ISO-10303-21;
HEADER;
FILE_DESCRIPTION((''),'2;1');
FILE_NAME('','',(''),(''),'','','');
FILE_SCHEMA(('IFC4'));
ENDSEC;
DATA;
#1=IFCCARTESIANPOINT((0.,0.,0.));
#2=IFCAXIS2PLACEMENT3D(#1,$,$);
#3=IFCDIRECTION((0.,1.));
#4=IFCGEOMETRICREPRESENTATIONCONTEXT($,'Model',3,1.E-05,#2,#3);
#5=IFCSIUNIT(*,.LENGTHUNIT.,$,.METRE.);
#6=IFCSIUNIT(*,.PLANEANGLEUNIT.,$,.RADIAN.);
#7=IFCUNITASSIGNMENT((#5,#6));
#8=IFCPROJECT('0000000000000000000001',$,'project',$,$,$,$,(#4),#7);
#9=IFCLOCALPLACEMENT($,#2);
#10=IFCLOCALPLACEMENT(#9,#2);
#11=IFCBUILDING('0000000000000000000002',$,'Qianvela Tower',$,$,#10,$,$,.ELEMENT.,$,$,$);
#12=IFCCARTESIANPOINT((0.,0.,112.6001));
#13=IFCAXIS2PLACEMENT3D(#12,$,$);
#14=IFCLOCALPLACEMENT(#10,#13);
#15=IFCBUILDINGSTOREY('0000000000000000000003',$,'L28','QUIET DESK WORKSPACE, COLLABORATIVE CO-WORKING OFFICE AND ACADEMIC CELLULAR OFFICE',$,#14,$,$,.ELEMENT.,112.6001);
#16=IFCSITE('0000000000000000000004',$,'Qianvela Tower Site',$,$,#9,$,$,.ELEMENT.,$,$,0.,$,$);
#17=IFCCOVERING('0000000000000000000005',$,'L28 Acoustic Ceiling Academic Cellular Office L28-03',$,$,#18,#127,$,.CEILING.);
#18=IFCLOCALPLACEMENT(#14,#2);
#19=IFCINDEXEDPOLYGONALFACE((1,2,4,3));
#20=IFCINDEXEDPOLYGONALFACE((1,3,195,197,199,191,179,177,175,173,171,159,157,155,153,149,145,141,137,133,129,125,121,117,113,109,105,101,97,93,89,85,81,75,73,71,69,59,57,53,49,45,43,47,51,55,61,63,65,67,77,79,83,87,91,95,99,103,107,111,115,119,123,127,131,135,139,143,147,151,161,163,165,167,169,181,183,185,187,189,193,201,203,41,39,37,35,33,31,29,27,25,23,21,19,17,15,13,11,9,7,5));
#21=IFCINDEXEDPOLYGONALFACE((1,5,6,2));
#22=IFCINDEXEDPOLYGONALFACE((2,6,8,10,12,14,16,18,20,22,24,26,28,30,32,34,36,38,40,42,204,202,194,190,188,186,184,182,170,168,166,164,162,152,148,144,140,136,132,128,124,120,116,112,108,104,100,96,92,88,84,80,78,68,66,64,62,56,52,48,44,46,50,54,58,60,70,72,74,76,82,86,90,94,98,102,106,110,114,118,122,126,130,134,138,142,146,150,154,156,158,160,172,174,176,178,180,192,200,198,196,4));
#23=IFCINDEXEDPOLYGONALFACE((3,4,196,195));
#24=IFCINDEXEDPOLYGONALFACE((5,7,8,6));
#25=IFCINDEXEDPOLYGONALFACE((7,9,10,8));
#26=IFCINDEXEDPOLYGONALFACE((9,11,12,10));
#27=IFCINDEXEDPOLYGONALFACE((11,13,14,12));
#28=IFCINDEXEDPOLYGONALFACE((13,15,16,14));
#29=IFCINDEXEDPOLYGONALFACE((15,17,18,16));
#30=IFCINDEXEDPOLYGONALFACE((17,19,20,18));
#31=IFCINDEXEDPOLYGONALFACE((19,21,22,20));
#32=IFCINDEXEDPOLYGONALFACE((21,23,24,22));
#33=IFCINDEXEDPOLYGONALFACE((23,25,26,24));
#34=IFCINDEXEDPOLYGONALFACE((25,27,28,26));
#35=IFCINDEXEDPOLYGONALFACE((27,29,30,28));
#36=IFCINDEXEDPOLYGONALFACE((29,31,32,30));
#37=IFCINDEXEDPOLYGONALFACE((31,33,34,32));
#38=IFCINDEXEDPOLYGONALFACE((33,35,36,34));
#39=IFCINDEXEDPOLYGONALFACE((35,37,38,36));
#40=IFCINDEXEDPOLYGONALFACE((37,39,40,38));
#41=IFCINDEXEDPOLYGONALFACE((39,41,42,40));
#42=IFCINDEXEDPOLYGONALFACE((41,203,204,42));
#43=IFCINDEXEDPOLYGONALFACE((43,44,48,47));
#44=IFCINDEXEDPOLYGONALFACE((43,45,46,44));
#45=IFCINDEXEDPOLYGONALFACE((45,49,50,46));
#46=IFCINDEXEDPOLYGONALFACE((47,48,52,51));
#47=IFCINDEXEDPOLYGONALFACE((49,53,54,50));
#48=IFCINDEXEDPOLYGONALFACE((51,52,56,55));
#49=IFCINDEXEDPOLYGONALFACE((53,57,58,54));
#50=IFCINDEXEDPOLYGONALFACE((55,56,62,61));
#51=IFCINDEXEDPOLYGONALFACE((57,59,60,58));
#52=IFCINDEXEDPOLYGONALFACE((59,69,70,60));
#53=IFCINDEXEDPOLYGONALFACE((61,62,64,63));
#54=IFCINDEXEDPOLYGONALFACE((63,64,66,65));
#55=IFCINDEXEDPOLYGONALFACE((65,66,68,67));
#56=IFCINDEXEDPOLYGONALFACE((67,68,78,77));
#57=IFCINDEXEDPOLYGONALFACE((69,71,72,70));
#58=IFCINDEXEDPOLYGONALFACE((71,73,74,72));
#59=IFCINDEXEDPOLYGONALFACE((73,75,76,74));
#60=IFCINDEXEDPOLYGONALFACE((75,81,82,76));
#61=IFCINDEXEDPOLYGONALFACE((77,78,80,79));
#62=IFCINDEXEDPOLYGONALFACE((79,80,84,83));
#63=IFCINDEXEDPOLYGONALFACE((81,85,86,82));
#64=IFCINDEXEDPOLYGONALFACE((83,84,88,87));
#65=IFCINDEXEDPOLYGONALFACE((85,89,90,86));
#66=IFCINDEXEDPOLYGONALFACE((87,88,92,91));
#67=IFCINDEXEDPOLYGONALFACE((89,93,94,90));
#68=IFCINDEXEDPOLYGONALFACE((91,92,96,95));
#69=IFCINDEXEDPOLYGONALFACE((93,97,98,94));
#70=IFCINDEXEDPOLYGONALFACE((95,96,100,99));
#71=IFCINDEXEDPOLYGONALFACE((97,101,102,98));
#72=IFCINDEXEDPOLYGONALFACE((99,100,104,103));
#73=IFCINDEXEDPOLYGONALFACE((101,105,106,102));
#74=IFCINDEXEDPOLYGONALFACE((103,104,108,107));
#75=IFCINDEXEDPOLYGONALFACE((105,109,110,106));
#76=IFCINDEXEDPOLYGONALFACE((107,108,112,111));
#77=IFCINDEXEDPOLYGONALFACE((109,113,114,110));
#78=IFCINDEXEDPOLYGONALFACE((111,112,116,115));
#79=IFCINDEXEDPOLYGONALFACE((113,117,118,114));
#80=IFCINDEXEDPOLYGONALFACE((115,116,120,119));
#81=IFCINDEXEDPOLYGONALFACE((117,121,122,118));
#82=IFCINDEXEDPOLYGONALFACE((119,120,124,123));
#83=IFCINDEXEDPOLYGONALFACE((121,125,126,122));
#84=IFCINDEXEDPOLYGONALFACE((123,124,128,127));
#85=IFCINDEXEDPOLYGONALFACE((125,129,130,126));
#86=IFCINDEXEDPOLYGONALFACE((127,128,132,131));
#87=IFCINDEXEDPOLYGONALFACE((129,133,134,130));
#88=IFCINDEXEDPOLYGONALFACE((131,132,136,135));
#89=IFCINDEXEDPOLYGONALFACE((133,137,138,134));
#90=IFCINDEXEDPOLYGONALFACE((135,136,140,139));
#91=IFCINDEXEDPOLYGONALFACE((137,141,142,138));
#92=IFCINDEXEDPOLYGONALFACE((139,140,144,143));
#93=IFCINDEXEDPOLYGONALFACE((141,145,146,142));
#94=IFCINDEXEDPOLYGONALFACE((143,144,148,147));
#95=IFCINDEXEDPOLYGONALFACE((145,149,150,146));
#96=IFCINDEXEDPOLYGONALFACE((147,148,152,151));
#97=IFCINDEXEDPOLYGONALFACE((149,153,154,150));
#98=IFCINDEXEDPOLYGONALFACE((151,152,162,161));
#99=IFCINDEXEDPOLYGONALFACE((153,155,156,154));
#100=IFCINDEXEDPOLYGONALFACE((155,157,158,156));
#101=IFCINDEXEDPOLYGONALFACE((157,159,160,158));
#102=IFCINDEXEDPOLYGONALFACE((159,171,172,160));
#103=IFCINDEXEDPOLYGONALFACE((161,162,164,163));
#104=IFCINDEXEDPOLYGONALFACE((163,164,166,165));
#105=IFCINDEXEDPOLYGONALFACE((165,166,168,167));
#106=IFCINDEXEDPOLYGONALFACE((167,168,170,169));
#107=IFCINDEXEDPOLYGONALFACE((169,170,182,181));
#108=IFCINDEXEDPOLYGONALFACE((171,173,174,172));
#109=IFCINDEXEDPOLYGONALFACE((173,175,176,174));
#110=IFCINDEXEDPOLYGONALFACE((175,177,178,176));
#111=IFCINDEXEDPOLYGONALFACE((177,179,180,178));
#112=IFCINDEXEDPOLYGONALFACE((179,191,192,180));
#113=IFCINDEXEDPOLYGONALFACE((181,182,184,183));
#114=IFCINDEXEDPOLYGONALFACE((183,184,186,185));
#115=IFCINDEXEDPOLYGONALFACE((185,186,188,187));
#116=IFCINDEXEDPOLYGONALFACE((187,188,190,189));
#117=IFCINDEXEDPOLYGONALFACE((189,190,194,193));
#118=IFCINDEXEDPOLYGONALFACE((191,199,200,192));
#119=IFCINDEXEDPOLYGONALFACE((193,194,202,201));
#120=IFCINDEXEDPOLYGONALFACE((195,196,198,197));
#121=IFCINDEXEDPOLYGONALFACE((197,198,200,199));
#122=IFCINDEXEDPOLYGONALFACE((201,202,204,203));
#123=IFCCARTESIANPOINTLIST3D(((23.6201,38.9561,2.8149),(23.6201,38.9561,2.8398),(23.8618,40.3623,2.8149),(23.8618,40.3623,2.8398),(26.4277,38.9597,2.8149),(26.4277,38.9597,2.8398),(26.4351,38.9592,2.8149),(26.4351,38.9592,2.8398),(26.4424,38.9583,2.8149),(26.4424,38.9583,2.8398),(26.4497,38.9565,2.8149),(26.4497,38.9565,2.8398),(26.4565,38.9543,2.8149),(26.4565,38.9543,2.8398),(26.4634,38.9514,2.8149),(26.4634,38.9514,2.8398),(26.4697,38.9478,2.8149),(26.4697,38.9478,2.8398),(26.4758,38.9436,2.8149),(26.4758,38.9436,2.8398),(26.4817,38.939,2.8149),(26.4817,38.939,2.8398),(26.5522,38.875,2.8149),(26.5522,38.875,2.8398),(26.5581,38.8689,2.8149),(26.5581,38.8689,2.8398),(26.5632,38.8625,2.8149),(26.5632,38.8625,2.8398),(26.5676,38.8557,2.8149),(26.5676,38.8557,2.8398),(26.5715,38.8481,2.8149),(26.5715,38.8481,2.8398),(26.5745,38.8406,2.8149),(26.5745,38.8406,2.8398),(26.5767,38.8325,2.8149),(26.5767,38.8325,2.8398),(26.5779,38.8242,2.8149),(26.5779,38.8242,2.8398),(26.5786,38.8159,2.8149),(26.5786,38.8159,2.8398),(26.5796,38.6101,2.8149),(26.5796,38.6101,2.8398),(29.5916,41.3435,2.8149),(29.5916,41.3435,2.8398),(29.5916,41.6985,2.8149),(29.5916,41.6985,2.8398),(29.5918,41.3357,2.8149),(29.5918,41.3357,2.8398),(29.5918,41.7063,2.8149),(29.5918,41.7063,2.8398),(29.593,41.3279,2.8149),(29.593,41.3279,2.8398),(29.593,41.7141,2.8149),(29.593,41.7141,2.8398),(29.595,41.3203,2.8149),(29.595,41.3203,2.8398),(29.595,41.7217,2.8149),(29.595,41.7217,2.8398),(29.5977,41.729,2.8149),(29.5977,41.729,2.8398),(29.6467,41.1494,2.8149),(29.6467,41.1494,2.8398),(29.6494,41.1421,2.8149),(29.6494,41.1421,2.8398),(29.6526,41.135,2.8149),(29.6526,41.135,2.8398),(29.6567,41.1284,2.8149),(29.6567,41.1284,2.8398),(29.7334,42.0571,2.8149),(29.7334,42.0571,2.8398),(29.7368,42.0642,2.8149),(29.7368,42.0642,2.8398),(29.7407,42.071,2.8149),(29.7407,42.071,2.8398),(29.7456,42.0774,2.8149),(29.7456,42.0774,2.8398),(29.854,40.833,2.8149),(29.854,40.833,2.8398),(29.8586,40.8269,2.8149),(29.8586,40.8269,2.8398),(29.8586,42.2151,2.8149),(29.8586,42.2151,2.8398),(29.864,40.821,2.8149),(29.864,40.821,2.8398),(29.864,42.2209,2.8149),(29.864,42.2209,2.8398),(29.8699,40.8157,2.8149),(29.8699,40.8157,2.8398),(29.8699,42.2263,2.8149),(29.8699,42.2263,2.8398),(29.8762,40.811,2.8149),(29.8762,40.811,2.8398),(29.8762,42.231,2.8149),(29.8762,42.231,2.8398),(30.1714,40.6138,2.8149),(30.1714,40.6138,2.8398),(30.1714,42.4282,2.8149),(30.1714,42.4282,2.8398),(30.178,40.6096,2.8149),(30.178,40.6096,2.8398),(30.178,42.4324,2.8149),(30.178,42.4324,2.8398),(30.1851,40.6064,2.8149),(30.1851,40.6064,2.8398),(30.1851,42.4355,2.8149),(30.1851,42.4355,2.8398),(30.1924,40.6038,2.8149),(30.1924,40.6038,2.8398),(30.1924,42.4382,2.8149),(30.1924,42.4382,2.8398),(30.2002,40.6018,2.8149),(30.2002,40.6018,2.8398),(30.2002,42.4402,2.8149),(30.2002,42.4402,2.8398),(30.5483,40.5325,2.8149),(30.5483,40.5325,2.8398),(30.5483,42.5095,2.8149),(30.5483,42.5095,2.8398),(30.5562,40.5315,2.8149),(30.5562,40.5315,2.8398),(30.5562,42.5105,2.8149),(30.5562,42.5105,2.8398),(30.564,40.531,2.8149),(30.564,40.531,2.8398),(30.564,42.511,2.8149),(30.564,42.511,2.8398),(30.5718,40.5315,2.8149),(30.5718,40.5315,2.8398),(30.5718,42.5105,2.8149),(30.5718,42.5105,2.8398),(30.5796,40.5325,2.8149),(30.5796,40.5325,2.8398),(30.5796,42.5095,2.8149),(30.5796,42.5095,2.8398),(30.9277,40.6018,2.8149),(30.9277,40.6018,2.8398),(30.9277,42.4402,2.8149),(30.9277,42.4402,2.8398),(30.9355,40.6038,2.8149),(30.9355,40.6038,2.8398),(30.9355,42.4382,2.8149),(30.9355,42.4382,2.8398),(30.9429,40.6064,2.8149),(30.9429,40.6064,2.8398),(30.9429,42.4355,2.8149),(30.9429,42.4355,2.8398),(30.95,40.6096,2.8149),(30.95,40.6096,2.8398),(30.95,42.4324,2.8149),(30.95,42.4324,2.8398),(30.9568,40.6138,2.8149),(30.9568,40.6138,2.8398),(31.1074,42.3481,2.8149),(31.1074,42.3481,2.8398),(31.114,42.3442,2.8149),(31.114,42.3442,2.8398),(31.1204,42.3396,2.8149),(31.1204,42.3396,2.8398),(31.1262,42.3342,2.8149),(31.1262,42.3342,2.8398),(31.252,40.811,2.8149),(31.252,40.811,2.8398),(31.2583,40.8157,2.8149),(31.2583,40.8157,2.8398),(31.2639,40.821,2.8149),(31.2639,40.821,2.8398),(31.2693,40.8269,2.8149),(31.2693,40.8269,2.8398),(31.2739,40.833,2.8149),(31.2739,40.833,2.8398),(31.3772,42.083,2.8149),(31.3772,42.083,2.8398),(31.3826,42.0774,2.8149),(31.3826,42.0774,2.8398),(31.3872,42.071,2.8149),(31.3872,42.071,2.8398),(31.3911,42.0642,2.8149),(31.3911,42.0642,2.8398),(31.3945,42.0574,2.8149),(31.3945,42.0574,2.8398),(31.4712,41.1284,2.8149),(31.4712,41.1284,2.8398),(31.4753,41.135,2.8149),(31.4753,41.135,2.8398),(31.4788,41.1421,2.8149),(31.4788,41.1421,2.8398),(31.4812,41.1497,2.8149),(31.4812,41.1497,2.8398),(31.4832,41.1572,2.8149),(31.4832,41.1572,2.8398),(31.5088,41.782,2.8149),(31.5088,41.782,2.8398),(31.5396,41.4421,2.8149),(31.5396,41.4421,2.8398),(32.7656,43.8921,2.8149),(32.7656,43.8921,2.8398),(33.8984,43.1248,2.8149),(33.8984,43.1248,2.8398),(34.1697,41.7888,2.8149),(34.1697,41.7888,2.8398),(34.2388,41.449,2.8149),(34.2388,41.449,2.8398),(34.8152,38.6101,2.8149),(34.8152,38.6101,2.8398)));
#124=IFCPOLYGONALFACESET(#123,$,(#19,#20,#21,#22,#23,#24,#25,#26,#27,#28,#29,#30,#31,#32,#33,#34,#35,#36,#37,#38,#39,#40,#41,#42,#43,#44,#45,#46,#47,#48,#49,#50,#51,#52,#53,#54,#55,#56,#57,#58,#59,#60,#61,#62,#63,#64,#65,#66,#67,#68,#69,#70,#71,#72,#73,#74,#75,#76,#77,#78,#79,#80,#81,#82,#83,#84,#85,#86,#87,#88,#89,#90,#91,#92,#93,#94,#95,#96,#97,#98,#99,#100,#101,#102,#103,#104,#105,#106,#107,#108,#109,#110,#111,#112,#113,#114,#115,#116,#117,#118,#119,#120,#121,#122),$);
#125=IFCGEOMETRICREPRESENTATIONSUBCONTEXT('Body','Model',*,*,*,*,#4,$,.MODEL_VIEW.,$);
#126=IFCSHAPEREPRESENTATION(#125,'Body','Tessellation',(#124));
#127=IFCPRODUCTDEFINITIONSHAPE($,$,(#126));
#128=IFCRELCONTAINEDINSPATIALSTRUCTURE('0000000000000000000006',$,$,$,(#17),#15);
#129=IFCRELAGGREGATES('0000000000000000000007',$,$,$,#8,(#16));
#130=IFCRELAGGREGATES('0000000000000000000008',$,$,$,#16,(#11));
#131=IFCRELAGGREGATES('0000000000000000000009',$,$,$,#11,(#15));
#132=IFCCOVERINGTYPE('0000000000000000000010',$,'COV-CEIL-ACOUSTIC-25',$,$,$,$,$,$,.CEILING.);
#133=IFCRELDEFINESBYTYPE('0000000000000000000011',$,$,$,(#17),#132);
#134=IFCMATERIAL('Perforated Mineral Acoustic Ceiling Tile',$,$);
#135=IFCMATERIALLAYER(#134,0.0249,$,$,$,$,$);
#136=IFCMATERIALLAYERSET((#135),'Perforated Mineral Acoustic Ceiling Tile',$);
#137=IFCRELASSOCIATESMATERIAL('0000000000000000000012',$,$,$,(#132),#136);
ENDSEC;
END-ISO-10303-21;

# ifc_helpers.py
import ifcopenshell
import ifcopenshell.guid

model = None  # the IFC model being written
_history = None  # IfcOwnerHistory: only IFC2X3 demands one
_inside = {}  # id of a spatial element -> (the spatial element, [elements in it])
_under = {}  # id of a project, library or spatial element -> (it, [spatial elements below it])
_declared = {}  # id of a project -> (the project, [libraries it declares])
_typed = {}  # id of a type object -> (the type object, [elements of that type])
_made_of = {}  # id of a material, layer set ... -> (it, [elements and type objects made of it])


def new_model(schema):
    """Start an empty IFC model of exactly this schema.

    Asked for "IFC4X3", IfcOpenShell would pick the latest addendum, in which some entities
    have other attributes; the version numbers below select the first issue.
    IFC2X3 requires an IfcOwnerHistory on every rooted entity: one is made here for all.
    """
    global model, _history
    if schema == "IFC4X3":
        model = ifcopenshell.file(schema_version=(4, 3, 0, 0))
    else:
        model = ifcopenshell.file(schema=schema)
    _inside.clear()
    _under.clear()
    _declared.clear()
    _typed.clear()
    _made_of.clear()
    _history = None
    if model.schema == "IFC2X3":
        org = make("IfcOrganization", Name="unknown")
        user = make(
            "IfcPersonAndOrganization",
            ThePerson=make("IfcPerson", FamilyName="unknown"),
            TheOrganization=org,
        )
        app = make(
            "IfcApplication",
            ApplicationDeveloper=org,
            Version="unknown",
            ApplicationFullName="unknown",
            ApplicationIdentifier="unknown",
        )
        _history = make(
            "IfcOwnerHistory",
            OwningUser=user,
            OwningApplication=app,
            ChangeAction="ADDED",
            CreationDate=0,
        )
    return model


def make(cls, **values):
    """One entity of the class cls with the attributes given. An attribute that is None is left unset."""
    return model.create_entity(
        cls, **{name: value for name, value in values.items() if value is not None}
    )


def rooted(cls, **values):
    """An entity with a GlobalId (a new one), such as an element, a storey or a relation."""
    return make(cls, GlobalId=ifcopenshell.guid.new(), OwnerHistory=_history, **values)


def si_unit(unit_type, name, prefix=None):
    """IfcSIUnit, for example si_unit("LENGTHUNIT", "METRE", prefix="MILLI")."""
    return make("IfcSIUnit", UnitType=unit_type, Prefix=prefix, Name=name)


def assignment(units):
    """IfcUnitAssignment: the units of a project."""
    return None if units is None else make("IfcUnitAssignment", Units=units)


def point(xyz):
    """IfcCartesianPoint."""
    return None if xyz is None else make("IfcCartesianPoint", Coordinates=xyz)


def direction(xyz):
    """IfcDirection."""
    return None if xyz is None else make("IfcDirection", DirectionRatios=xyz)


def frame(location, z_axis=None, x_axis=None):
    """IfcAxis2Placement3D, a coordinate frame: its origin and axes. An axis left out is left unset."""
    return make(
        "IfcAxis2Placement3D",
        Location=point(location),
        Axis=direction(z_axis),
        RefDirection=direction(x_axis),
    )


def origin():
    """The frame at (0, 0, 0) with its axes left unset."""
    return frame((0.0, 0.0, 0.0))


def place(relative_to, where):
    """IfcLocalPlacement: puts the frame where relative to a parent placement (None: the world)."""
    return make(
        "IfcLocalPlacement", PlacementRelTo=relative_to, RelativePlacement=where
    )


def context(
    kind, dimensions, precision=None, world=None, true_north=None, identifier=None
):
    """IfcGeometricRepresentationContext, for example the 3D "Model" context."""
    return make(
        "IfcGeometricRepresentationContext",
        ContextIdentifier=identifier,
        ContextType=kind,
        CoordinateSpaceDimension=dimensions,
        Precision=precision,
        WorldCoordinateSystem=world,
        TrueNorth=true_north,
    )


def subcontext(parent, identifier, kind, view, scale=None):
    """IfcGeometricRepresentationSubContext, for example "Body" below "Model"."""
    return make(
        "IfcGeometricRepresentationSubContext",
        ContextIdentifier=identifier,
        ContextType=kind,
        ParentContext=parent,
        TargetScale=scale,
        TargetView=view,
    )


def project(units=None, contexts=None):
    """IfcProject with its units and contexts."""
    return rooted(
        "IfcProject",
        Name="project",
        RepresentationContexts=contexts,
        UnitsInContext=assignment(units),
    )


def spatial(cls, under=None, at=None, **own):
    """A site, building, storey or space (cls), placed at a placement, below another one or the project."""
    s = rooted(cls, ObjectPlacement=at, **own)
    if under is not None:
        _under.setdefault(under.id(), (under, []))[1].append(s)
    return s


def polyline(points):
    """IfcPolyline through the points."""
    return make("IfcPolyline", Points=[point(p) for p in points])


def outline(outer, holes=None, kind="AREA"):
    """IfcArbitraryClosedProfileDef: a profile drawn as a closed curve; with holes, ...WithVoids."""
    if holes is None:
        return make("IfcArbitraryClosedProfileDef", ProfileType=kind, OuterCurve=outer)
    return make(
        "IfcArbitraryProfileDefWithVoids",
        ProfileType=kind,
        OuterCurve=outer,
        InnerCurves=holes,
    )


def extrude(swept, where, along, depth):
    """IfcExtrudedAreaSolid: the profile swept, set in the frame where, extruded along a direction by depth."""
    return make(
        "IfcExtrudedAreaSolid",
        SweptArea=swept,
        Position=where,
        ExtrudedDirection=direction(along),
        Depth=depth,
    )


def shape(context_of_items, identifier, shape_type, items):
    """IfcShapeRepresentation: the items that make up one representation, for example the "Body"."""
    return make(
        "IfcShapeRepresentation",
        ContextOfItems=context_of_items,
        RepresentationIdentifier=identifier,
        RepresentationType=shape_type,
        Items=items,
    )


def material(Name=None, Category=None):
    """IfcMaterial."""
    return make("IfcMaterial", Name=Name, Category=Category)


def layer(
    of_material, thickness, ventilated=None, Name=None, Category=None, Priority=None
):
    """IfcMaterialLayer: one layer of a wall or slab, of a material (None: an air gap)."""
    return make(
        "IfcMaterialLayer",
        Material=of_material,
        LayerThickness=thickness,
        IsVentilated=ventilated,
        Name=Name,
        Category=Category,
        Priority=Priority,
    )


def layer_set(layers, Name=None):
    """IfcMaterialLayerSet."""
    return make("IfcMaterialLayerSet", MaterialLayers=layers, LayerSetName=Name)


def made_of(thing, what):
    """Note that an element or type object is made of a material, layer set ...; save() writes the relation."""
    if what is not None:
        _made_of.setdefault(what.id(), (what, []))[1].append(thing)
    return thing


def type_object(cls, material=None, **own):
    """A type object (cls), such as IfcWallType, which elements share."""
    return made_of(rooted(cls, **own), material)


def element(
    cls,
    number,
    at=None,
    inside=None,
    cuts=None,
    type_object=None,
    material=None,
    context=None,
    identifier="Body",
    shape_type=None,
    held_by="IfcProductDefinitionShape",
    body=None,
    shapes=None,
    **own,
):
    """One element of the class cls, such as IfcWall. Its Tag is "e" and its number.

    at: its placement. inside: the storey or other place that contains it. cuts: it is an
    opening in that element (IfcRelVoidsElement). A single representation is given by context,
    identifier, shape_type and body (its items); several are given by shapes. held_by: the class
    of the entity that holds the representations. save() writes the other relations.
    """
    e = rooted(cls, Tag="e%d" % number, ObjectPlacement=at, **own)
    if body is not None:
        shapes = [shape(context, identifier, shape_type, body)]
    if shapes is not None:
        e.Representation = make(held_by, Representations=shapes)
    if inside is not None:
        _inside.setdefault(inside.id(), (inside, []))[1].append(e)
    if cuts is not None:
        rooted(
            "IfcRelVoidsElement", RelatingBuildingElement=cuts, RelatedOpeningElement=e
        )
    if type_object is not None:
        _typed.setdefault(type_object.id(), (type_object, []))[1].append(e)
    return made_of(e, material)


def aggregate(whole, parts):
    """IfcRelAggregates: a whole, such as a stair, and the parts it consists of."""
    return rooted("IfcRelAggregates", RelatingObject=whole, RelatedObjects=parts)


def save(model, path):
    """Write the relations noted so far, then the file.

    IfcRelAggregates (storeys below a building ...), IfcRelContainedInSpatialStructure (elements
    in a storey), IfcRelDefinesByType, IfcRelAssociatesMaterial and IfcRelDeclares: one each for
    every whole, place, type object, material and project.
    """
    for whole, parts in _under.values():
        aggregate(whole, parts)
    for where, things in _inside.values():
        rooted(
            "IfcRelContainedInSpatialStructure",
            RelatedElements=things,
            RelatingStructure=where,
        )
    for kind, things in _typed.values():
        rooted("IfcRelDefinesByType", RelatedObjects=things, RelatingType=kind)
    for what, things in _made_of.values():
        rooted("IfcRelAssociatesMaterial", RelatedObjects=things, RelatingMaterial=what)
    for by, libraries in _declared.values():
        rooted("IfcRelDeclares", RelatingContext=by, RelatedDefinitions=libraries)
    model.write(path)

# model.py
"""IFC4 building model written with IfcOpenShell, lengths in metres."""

from ifc_helpers import new_model, si_unit, direction, frame, origin, place, context, subcontext, project, spatial, polyline, outline, extrude, material, layer, layer_set, type_object, element, save


model = new_model("IFC4")

# Units and contexts
model_context = context("Model", 3, precision=1e-05, world=origin(), true_north=direction((0.0, 1.0)))
body_context = subcontext(model_context, "Body", "Model", "MODEL_VIEW")
ifc_project = project(units=[si_unit("LENGTHUNIT", "METRE"), si_unit("PLANEANGLEUNIT", "RADIAN")], contexts=[model_context])

# Site, building, storey
site_placement = place(None, origin())
site = spatial("IfcSite", under=ifc_project, at=site_placement, Name="Qianvela Tower Site", CompositionType="ELEMENT", RefElevation=0.0)
building_placement = place(site_placement, origin())
building = spatial("IfcBuilding", under=site, at=building_placement, Name="Qianvela Tower", CompositionType="ELEMENT")
storey_placement = place(building_placement, frame((0.0, 0.0, 112.6001)))
storey = spatial("IfcBuildingStorey", under=building, at=storey_placement, Name="L28", Description="QUIET DESK WORKSPACE, COLLABORATIVE CO-WORKING OFFICE AND ACADEMIC CELLULAR OFFICE", CompositionType="ELEMENT", Elevation=112.6001)

# Covering
ifc_material_1 = material(Name="Perforated Mineral Acoustic Ceiling Tile")
ifc_layer_1 = layer(ifc_material_1, 0.0249)
ifc_layer_set_1 = layer_set([ifc_layer_1], Name="Perforated Mineral Acoustic Ceiling Tile")
covering_type_1 = type_object("IfcCoveringType", Name="COV-CEIL-ACOUSTIC-25", PredefinedType="CEILING", material=ifc_layer_set_1)
covering_1_placement = place(storey_placement, frame((0.0, 0.0, 2.8149)))
element("IfcCovering", 1, at=covering_1_placement, inside=storey, type_object=covering_type_1, Name="L28 Acoustic Ceiling Academic Cellular Office L28-03", PredefinedType="CEILING", context=body_context, shape_type="SweptSolid", body=[
    extrude(outline(polyline([(26.5796, 38.6101), (26.5786, 38.8159), (26.5779, 38.8242), (26.5767, 38.8325), (26.5745, 38.8406), (26.5715, 38.8481), (26.5676, 38.8557), (26.5632, 38.8625), (26.5581, 38.8689), (26.5522, 38.875), (26.4817, 38.939), (26.4758, 38.9436), (26.4697, 38.9478), (26.4634, 38.9514), (26.4565, 38.9543), (26.4497, 38.9565), (26.4424, 38.9583), (26.4351, 38.9592), (26.4277, 38.9597), (23.6201, 38.9561), (23.8618, 40.3623), (32.7656, 43.8921), (33.8984, 43.1248), (34.1697, 41.7888), (31.5088, 41.782), (31.3945, 42.0574), (31.3911, 42.0642), (31.3872, 42.071), (31.3826, 42.0774), (31.3772, 42.083), (31.1262, 42.3342), (31.1204, 42.3396), (31.114, 42.3442), (31.1074, 42.3481), (30.95, 42.4324), (30.9429, 42.4355), (30.9355, 42.4382), (30.9277, 42.4402), (30.5796, 42.5095), (30.5718, 42.5105), (30.564, 42.511), (30.5562, 42.5105), (30.5483, 42.5095), (30.2002, 42.4402), (30.1924, 42.4382), (30.1851, 42.4355), (30.178, 42.4324), (30.1714, 42.4282), (29.8762, 42.231), (29.8699, 42.2263), (29.864, 42.2209), (29.8586, 42.2151), (29.7456, 42.0774), (29.7407, 42.071), (29.7368, 42.0642), (29.7334, 42.0571), (29.5977, 41.729), (29.595, 41.7217), (29.593, 41.7141), (29.5918, 41.7063), (29.5916, 41.6985), (29.5916, 41.3435), (29.5918, 41.3357), (29.593, 41.3279), (29.595, 41.3203), (29.6467, 41.1494), (29.6494, 41.1421), (29.6526, 41.135), (29.6567, 41.1284), (29.854, 40.833), (29.8586, 40.8269), (29.864, 40.821), (29.8699, 40.8157), (29.8762, 40.811), (30.1714, 40.6138), (30.178, 40.6096), (30.1851, 40.6064), (30.1924, 40.6038), (30.2002, 40.6018), (30.5483, 40.5325), (30.5562, 40.5315), (30.564, 40.531), (30.5718, 40.5315), (30.5796, 40.5325), (30.9277, 40.6018), (30.9355, 40.6038), (30.9429, 40.6064), (30.95, 40.6096), (30.9568, 40.6138), (31.252, 40.811), (31.2583, 40.8157), (31.2639, 40.821), (31.2693, 40.8269), (31.2739, 40.833), (31.4712, 41.1284), (31.4753, 41.135), (31.4788, 41.1421), (31.4812, 41.1497), (31.4832, 41.1572), (31.5396, 41.4421), (34.2388, 41.449), (34.8152, 38.6101), (26.5796, 38.6101)])), origin(), (0.0, 0.0, 1.0), 0.0249),
])

save(model, "model.ifc")
